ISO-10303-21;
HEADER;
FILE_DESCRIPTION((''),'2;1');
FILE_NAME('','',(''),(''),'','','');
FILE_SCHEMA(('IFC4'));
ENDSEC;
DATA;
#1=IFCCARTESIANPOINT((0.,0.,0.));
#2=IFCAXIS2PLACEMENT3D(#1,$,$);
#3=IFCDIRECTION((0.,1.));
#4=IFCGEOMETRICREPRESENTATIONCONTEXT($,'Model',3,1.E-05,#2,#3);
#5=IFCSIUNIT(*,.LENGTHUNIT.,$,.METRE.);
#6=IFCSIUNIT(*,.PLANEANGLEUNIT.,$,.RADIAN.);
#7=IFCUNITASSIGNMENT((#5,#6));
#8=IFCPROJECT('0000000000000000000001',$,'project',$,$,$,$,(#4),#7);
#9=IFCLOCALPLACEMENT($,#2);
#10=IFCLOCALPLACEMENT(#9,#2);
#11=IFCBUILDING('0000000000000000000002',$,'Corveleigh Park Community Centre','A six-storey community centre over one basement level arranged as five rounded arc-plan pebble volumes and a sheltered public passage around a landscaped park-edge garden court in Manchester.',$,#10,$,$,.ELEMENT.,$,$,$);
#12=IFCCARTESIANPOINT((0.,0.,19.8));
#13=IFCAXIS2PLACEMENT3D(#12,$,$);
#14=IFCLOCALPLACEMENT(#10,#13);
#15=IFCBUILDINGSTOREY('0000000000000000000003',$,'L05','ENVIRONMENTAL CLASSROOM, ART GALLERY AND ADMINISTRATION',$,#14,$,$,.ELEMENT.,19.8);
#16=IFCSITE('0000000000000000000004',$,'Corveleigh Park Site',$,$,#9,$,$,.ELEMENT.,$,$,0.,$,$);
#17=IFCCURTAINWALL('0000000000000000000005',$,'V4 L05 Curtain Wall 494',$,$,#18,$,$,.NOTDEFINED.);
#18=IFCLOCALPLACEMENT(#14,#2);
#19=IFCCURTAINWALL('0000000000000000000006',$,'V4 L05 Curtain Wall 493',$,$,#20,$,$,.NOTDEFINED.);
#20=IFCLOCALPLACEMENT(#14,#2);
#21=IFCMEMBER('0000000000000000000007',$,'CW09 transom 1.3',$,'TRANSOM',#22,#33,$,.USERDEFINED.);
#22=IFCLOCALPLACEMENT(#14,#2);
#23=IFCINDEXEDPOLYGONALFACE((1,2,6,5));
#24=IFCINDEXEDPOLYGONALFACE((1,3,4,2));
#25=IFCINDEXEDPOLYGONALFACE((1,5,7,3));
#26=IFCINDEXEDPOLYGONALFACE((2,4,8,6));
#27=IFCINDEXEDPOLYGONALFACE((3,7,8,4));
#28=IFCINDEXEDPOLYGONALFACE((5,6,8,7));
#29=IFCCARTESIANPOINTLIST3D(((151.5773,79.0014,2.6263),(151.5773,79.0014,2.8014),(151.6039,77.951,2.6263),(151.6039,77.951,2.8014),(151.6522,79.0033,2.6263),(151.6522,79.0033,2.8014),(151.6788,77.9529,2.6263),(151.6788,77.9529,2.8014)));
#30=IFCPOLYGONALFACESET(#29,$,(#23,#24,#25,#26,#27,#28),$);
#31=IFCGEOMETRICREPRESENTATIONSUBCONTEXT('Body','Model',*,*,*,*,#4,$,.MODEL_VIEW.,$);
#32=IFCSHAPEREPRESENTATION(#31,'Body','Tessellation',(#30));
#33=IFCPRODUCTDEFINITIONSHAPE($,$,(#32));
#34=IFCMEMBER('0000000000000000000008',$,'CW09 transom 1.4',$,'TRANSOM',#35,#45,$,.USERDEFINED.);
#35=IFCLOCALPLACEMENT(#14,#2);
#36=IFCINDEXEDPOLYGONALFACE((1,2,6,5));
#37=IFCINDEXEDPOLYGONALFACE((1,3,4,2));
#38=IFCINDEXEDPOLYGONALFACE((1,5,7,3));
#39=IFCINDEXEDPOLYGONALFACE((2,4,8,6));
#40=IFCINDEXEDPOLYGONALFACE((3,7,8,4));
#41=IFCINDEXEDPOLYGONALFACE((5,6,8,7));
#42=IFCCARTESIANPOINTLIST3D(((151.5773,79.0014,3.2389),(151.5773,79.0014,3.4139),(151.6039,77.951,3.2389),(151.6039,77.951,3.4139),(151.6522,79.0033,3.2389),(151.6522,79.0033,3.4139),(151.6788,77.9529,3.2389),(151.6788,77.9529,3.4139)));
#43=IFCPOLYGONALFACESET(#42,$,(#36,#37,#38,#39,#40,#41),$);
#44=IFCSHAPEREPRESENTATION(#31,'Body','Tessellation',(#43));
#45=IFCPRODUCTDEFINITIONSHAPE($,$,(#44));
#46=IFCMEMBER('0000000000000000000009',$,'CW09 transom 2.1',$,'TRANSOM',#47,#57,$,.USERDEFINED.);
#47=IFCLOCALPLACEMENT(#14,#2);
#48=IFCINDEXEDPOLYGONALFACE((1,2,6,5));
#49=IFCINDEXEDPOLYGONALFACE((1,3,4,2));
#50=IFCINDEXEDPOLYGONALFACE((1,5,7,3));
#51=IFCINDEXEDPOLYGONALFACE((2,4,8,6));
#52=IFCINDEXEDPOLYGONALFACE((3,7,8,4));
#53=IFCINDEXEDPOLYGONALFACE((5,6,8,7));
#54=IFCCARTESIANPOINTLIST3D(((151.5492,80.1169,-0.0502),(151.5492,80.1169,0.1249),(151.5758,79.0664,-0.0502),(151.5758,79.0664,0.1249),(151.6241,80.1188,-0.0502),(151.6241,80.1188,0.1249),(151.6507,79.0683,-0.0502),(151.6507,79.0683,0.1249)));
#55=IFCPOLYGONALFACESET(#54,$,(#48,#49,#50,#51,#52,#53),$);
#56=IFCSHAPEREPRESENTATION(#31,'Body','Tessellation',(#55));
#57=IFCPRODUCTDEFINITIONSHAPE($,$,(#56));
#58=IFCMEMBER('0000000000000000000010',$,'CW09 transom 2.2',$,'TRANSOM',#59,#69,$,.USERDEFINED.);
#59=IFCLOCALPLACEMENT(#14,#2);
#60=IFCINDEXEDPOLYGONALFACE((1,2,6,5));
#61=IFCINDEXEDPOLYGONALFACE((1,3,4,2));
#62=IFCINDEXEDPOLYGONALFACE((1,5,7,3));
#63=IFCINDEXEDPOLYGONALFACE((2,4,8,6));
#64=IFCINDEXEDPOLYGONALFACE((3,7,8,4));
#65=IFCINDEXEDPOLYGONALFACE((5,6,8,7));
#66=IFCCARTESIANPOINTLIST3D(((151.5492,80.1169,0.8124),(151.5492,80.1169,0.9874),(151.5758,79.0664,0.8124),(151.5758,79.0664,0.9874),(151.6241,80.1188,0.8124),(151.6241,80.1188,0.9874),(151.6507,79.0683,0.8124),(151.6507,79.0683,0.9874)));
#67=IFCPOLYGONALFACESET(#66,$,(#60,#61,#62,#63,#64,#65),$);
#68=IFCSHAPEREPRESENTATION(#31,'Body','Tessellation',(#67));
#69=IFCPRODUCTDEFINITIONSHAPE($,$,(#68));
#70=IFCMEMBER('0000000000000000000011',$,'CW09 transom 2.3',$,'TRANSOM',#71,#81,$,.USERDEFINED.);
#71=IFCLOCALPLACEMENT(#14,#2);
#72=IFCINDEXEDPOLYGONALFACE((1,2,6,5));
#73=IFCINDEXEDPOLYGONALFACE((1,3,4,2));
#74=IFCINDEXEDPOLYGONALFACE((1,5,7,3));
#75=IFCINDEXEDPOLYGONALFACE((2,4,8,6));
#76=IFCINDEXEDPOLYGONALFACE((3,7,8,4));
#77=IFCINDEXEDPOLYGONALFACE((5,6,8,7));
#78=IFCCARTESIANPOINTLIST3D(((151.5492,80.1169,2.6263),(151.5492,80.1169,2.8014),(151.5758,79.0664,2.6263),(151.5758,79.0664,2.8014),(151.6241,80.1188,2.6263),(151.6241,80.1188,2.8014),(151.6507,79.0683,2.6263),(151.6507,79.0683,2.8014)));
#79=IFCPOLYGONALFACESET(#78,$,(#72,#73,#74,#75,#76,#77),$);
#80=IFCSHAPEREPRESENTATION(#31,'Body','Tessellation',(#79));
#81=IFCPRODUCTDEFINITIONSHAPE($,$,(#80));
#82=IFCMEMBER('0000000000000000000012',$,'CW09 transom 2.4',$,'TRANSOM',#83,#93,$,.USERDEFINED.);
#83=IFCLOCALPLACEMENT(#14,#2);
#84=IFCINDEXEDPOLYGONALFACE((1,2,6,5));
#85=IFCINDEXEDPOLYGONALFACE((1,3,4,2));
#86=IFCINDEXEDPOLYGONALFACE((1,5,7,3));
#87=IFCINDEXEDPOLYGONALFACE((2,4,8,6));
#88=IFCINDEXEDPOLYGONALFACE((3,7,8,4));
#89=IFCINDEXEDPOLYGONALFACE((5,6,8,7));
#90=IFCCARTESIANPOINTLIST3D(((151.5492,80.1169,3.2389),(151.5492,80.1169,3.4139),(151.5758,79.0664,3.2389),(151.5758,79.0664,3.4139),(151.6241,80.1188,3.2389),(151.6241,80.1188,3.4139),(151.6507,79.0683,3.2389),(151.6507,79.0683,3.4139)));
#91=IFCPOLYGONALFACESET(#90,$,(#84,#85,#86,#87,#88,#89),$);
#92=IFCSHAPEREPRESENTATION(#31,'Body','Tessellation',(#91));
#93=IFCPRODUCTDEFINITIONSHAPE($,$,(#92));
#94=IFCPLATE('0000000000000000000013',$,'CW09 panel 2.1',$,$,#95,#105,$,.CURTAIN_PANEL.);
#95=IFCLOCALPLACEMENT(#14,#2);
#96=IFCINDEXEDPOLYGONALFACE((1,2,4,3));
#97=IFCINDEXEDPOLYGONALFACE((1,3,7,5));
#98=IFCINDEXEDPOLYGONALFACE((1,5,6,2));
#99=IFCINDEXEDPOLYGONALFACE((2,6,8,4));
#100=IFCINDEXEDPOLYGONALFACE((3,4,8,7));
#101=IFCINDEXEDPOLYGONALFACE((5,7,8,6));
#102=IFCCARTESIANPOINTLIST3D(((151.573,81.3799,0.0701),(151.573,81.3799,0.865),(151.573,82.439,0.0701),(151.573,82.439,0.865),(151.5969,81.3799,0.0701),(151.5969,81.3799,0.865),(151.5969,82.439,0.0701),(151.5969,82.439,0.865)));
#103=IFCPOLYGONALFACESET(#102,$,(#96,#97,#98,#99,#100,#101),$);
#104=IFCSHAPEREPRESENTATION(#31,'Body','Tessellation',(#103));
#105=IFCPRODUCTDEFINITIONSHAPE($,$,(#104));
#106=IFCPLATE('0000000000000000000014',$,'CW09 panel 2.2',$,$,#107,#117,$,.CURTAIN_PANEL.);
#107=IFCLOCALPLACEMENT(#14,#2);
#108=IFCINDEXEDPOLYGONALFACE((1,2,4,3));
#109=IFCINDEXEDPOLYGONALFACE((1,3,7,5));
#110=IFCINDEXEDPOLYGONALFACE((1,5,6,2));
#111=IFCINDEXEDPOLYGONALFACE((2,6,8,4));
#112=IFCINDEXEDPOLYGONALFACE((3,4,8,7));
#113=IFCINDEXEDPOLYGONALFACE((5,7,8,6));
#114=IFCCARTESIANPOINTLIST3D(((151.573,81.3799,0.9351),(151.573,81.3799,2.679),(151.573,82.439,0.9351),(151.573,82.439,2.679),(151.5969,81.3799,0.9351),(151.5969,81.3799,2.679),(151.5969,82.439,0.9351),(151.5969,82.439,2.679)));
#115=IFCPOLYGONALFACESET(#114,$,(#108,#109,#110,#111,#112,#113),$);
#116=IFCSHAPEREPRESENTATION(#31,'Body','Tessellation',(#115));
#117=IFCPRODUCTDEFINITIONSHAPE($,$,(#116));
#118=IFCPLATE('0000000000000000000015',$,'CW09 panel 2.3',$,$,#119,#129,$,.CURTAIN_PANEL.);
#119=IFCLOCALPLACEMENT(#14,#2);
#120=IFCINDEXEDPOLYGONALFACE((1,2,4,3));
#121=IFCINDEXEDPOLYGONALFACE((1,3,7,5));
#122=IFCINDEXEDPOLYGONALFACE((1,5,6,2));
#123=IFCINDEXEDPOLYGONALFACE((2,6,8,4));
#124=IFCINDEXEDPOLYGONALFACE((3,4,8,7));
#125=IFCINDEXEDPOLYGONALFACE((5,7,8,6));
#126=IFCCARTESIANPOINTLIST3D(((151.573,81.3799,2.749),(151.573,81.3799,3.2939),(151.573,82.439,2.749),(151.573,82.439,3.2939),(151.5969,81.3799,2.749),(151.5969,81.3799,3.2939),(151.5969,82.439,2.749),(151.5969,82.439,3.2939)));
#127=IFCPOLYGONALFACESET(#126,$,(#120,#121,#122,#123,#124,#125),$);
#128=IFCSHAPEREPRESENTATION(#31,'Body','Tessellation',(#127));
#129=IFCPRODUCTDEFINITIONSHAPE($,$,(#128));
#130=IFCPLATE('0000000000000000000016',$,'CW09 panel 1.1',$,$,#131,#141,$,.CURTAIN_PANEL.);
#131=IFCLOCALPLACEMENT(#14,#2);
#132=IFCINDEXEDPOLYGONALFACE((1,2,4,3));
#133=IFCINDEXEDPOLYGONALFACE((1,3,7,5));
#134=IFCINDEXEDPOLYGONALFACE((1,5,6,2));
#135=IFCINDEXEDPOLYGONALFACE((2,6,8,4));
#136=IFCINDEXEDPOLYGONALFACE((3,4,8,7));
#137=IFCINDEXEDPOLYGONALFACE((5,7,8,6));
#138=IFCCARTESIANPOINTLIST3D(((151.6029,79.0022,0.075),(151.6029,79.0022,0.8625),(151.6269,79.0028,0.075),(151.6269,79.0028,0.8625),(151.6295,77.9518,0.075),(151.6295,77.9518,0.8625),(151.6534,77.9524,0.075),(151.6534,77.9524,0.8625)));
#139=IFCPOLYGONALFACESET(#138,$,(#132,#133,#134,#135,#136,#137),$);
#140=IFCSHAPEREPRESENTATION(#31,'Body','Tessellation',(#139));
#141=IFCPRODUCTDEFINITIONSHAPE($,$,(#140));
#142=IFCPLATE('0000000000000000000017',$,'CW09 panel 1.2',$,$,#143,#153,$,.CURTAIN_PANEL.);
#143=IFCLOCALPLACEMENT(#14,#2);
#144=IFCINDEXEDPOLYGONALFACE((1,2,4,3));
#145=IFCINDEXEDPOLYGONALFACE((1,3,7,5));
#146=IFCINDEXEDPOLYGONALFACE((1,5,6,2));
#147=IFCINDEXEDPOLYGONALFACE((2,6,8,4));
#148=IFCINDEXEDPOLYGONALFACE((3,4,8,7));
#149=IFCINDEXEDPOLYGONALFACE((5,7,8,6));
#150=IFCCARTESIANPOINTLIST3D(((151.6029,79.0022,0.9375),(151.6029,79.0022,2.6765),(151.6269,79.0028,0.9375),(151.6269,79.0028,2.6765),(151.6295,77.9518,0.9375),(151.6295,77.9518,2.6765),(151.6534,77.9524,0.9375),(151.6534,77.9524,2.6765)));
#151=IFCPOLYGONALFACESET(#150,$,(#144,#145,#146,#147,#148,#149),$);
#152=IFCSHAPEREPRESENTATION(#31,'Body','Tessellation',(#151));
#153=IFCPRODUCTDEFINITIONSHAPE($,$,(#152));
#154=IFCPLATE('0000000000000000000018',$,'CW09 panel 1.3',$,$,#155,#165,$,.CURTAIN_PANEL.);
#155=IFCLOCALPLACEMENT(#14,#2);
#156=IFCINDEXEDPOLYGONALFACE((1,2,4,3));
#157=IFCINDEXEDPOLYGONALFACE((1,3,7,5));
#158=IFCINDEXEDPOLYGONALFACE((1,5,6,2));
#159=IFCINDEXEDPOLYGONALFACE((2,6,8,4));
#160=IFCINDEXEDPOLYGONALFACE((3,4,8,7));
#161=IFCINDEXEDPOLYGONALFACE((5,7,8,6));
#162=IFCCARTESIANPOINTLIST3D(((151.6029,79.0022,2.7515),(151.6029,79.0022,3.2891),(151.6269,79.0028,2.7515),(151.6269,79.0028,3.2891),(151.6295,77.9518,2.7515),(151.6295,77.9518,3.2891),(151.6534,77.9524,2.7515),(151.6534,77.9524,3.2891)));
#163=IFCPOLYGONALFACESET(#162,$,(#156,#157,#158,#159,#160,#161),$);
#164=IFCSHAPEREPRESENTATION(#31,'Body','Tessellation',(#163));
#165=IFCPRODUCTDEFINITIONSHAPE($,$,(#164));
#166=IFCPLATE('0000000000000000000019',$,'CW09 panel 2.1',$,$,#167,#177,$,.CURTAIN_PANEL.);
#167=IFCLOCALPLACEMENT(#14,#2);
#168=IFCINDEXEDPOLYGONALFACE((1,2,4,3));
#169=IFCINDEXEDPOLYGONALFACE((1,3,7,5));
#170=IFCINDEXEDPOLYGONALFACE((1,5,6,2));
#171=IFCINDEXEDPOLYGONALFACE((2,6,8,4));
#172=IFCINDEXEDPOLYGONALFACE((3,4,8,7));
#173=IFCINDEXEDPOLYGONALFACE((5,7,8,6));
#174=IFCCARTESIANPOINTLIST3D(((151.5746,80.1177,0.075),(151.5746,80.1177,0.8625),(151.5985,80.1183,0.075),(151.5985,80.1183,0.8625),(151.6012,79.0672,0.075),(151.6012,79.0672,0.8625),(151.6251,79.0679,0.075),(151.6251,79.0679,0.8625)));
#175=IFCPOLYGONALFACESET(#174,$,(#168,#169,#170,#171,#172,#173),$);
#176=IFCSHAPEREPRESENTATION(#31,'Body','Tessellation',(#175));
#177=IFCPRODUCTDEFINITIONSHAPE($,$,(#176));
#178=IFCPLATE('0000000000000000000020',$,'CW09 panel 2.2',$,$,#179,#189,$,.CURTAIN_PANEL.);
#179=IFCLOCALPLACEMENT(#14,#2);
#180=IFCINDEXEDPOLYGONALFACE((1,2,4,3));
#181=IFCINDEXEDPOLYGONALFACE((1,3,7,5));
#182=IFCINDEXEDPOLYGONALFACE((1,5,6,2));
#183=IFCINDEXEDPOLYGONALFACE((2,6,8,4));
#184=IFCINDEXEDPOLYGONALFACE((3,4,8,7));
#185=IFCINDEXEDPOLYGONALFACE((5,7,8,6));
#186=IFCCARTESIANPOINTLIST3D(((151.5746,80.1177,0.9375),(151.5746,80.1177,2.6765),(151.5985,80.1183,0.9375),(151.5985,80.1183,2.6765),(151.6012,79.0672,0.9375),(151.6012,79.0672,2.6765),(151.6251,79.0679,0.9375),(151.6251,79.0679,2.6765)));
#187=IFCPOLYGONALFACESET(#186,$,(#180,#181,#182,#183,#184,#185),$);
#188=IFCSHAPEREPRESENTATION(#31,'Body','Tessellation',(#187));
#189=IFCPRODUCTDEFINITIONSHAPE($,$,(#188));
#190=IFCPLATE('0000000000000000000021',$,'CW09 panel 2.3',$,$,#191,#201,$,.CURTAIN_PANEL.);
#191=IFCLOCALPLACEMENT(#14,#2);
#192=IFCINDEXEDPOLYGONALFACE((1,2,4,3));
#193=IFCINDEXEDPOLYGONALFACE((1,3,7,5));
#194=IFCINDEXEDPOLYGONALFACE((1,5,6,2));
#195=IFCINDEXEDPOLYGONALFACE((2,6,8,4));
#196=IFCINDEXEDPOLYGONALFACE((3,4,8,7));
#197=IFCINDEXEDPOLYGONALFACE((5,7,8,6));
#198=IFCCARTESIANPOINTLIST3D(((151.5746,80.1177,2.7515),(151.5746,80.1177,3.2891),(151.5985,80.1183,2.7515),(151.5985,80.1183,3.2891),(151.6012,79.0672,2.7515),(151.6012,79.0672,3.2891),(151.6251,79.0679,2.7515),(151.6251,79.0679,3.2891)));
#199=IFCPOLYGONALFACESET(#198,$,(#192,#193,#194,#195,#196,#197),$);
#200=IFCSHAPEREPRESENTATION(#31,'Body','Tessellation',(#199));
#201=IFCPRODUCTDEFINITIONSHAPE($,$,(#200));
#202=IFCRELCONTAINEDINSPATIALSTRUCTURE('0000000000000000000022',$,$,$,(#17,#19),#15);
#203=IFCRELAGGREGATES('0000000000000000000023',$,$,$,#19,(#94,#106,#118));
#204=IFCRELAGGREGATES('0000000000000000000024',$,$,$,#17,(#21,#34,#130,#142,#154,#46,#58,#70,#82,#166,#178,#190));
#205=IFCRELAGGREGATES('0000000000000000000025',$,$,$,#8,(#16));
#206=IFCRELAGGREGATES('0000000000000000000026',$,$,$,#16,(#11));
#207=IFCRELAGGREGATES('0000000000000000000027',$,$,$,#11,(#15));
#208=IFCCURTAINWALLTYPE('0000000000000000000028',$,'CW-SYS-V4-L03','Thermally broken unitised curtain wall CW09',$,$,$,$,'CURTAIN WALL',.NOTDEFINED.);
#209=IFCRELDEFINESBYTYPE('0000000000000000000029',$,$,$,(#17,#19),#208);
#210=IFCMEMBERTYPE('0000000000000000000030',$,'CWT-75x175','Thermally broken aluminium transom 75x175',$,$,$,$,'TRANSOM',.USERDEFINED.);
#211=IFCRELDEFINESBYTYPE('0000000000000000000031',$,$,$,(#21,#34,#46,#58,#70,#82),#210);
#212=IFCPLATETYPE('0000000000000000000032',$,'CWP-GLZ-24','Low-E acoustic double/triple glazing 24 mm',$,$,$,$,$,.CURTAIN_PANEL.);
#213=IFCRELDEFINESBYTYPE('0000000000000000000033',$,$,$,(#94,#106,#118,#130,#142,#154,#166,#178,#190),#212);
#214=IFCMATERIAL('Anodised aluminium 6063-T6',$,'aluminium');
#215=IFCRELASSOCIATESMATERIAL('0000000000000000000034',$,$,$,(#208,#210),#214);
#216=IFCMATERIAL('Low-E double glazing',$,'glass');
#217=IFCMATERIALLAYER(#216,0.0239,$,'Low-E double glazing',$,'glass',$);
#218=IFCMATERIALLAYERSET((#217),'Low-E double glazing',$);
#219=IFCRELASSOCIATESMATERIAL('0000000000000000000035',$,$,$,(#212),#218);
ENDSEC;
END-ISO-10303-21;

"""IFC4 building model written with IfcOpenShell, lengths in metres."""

from ifc_helpers import new_model, si_unit, direction, frame, origin, origin_2d, place, context, subcontext, project, spatial, rectangle, extrude, material, layer, layer_set, material_profile, profile_set, type_object, element, aggregate, save


model = new_model("IFC4")

# Units and contexts
model_context = context("Model", 3, precision=1e-05, world=origin(), true_north=direction((0.0, 1.0)))
body_context = subcontext(model_context, "Body", "Model", "MODEL_VIEW")
ifc_project = project(units=[si_unit("LENGTHUNIT", "METRE"), si_unit("PLANEANGLEUNIT", "RADIAN")], contexts=[model_context])

# Site, building, storey
site_placement = place(None, origin())
site = spatial("IfcSite", under=ifc_project, at=site_placement, Name="Corveleigh Park Site", CompositionType="ELEMENT", RefElevation=0.0)
building_placement = place(site_placement, origin())
building = spatial("IfcBuilding", under=site, at=building_placement, Name="Corveleigh Park Community Centre", Description="A six-storey community centre over one basement level arranged as five rounded arc-plan pebble volumes and a sheltered public passage around a landscaped park-edge garden court in Manchester.", CompositionType="ELEMENT")
storey_placement = place(building_placement, frame((0.0, 0.0, 19.8)))
storey = spatial("IfcBuildingStorey", under=building, at=storey_placement, Name="L05", Description="ENVIRONMENTAL CLASSROOM, ART GALLERY AND ADMINISTRATION", CompositionType="ELEMENT", Elevation=19.8)

# Curtain wall
ifc_material_1 = material(Name="Anodised aluminium 6063-T6", Category="aluminium")
curtain_wall_type = type_object("IfcCurtainWallType", Name="CW-SYS-V4-L03", Description="Thermally broken unitised curtain wall CW09", ElementType="CURTAIN WALL", PredefinedType="NOTDEFINED", material=ifc_material_1)
curtain_wall_1_placement = place(storey_placement, origin())
curtain_wall_1 = element("IfcCurtainWall", 1, at=curtain_wall_1_placement, inside=storey, type_object=curtain_wall_type, Name="V4 L05 Curtain Wall 494", PredefinedType="NOTDEFINED")

# Curtain wall
curtain_wall_2_placement = place(storey_placement, origin())
curtain_wall_2 = element("IfcCurtainWall", 2, at=curtain_wall_2_placement, inside=storey, type_object=curtain_wall_type, Name="V4 L05 Curtain Wall 493", PredefinedType="NOTDEFINED")

# Members
ifc_material_profile_1 = material_profile(ifc_material_1, rectangle(XDim=0.075, YDim=0.175, at=origin_2d()), Name="ALU-T75x175", Category="aluminium")
ifc_profile_set_1 = profile_set([ifc_material_profile_1], Name="Anodised aluminium 6063-T6")
member_type_1 = type_object("IfcMemberType", Name="CWT-75x175", Description="Thermally broken aluminium transom 75x175", ElementType="TRANSOM", PredefinedType="USERDEFINED", material=ifc_profile_set_1)
member_1_placement = place(storey_placement, frame((151.6414, 77.9519, 2.7139), z_axis=(-0.025323, 0.999679, 0.0), x_axis=(-0.999679, -0.025323, 0.0)))
member_1 = element("IfcMember", 3, at=member_1_placement, type_object=member_type_1, Name="CW09 transom 1.3", ObjectType="TRANSOM", PredefinedType="USERDEFINED", context=body_context, shape_type="SweptSolid", body=[
    extrude(rectangle(XDim=0.075, YDim=0.175, at=origin_2d()), origin(), (0.0, 0.0, 1.0), 1.0508),
])
member_2_placement = place(storey_placement, frame((151.6414, 77.9519, 3.3264), z_axis=(-0.025323, 0.999679, 0.0), x_axis=(-0.999679, -0.025323, 0.0)))
member_2 = element("IfcMember", 4, at=member_2_placement, type_object=member_type_1, Name="CW09 transom 1.4", ObjectType="TRANSOM", PredefinedType="USERDEFINED", context=body_context, shape_type="SweptSolid", body=[
    extrude(rectangle(XDim=0.075, YDim=0.175, at=origin_2d()), origin(), (0.0, 0.0, 1.0), 1.0508),
])
member_3_placement = place(storey_placement, frame((151.6133, 79.0674, 0.0374), z_axis=(-0.025323, 0.999679, 0.0), x_axis=(-0.999679, -0.025323, 0.0)))
member_3 = element("IfcMember", 5, at=member_3_placement, type_object=member_type_1, Name="CW09 transom 2.1", ObjectType="TRANSOM", PredefinedType="USERDEFINED", context=body_context, shape_type="SweptSolid", body=[
    extrude(rectangle(XDim=0.075, YDim=0.175, at=origin_2d()), origin(), (0.0, 0.0, 1.0), 1.0508),
])
member_4_placement = place(storey_placement, frame((151.6133, 79.0674, 0.8999), z_axis=(-0.025323, 0.999679, 0.0), x_axis=(-0.999679, -0.025323, 0.0)))
member_4 = element("IfcMember", 6, at=member_4_placement, type_object=member_type_1, Name="CW09 transom 2.2", ObjectType="TRANSOM", PredefinedType="USERDEFINED", context=body_context, shape_type="SweptSolid", body=[
    extrude(rectangle(XDim=0.075, YDim=0.175, at=origin_2d()), origin(), (0.0, 0.0, 1.0), 1.0508),
])
member_5_placement = place(storey_placement, frame((151.6133, 79.0674, 2.7139), z_axis=(-0.025323, 0.999679, 0.0), x_axis=(-0.999679, -0.025323, 0.0)))
member_5 = element("IfcMember", 7, at=member_5_placement, type_object=member_type_1, Name="CW09 transom 2.3", ObjectType="TRANSOM", PredefinedType="USERDEFINED", context=body_context, shape_type="SweptSolid", body=[
    extrude(rectangle(XDim=0.075, YDim=0.175, at=origin_2d()), origin(), (0.0, 0.0, 1.0), 1.0508),
])
member_6_placement = place(storey_placement, frame((151.6133, 79.0674, 3.3264), z_axis=(-0.025323, 0.999679, 0.0), x_axis=(-0.999679, -0.025323, 0.0)))
member_6 = element("IfcMember", 8, at=member_6_placement, type_object=member_type_1, Name="CW09 transom 2.4", ObjectType="TRANSOM", PredefinedType="USERDEFINED", context=body_context, shape_type="SweptSolid", body=[
    extrude(rectangle(XDim=0.075, YDim=0.175, at=origin_2d()), origin(), (0.0, 0.0, 1.0), 1.0508),
])

# Plates
ifc_material_2 = material(Name="Low-E double glazing", Category="glass")
ifc_layer = layer(ifc_material_2, 0.0239, Name="Low-E double glazing", Category="glass")
ifc_layer_set = layer_set([ifc_layer], Name="Low-E double glazing")
plate_type = type_object("IfcPlateType", Name="CWP-GLZ-24", Description="Low-E acoustic double/triple glazing 24 mm", PredefinedType="CURTAIN_PANEL", material=ifc_layer_set)
plate_1_placement = place(storey_placement, frame((151.585, 81.9094, 0.0701), z_axis=(0.0, 0.0, 1.0), x_axis=(0.0, 1.0, 0.0)))
plate_1 = element("IfcPlate", 9, at=plate_1_placement, type_object=plate_type, Name="CW09 panel 2.1", PredefinedType="CURTAIN_PANEL", context=body_context, shape_type="SweptSolid", body=[
    extrude(rectangle(XDim=1.0591, YDim=0.0239, at=origin_2d()), origin(), (0.0, 0.0, 1.0), 0.7949),
])
plate_2_placement = place(storey_placement, frame((151.585, 81.9094, 0.9351), z_axis=(0.0, 0.0, 1.0), x_axis=(0.0, 1.0, 0.0)))
plate_2 = element("IfcPlate", 10, at=plate_2_placement, type_object=plate_type, Name="CW09 panel 2.2", PredefinedType="CURTAIN_PANEL", context=body_context, shape_type="SweptSolid", body=[
    extrude(rectangle(XDim=1.0591, YDim=0.0239, at=origin_2d()), origin(), (0.0, 0.0, 1.0), 1.7439),
])
plate_3_placement = place(storey_placement, frame((151.585, 81.9094, 2.749), z_axis=(0.0, 0.0, 1.0), x_axis=(0.0, 1.0, 0.0)))
plate_3 = element("IfcPlate", 11, at=plate_3_placement, type_object=plate_type, Name="CW09 panel 2.3", PredefinedType="CURTAIN_PANEL", context=body_context, shape_type="SweptSolid", body=[
    extrude(rectangle(XDim=1.0591, YDim=0.0239, at=origin_2d()), origin(), (0.0, 0.0, 1.0), 0.5449),
])
aggregate(curtain_wall_2, [plate_1, plate_2, plate_3])
plate_4_placement = place(storey_placement, frame((151.6282, 78.4773, 0.075), z_axis=(0.0, 0.0, 1.0), x_axis=(-0.025253, 0.999681, 0.0)))
plate_4 = element("IfcPlate", 12, at=plate_4_placement, type_object=plate_type, Name="CW09 panel 1.1", PredefinedType="CURTAIN_PANEL", context=body_context, shape_type="SweptSolid", body=[
    extrude(rectangle(XDim=1.0508, YDim=0.0239, at=origin_2d()), origin(), (0.0, 0.0, 1.0), 0.7876),
])
plate_5_placement = place(storey_placement, frame((151.6282, 78.4773, 0.9375), z_axis=(0.0, 0.0, 1.0), x_axis=(-0.025253, 0.999681, 0.0)))
plate_5 = element("IfcPlate", 13, at=plate_5_placement, type_object=plate_type, Name="CW09 panel 1.2", PredefinedType="CURTAIN_PANEL", context=body_context, shape_type="SweptSolid", body=[
    extrude(rectangle(XDim=1.0508, YDim=0.0239, at=origin_2d()), origin(), (0.0, 0.0, 1.0), 1.739),
])
plate_6_placement = place(storey_placement, frame((151.6282, 78.4773, 2.7515), z_axis=(0.0, 0.0, 1.0), x_axis=(-0.025253, 0.999681, 0.0)))
plate_6 = element("IfcPlate", 14, at=plate_6_placement, type_object=plate_type, Name="CW09 panel 1.3", PredefinedType="CURTAIN_PANEL", context=body_context, shape_type="SweptSolid", body=[
    extrude(rectangle(XDim=1.0508, YDim=0.0239, at=origin_2d()), origin(), (0.0, 0.0, 1.0), 0.5376),
])
plate_7_placement = place(storey_placement, frame((151.5999, 79.5928, 0.075), z_axis=(0.0, 0.0, 1.0), x_axis=(-0.025253, 0.999681, 0.0)))
plate_7 = element("IfcPlate", 15, at=plate_7_placement, type_object=plate_type, Name="CW09 panel 2.1", PredefinedType="CURTAIN_PANEL", context=body_context, shape_type="SweptSolid", body=[
    extrude(rectangle(XDim=1.0508, YDim=0.0239, at=origin_2d()), origin(), (0.0, 0.0, 1.0), 0.7876),
])
plate_8_placement = place(storey_placement, frame((151.5999, 79.5928, 0.9375), z_axis=(0.0, 0.0, 1.0), x_axis=(-0.025253, 0.999681, 0.0)))
plate_8 = element("IfcPlate", 16, at=plate_8_placement, type_object=plate_type, Name="CW09 panel 2.2", PredefinedType="CURTAIN_PANEL", context=body_context, shape_type="SweptSolid", body=[
    extrude(rectangle(XDim=1.0508, YDim=0.0239, at=origin_2d()), origin(), (0.0, 0.0, 1.0), 1.739),
])
plate_9_placement = place(storey_placement, frame((151.5999, 79.5928, 2.7515), z_axis=(0.0, 0.0, 1.0), x_axis=(-0.025253, 0.999681, 0.0)))
plate_9 = element("IfcPlate", 17, at=plate_9_placement, type_object=plate_type, Name="CW09 panel 2.3", PredefinedType="CURTAIN_PANEL", context=body_context, shape_type="SweptSolid", body=[
    extrude(rectangle(XDim=1.0508, YDim=0.0239, at=origin_2d()), origin(), (0.0, 0.0, 1.0), 0.5376),
])
aggregate(curtain_wall_1, [member_1, member_2, plate_4, plate_5, plate_6, member_3, member_4, member_5, member_6, plate_7, plate_8, plate_9])

save(model, "model.ifc")
